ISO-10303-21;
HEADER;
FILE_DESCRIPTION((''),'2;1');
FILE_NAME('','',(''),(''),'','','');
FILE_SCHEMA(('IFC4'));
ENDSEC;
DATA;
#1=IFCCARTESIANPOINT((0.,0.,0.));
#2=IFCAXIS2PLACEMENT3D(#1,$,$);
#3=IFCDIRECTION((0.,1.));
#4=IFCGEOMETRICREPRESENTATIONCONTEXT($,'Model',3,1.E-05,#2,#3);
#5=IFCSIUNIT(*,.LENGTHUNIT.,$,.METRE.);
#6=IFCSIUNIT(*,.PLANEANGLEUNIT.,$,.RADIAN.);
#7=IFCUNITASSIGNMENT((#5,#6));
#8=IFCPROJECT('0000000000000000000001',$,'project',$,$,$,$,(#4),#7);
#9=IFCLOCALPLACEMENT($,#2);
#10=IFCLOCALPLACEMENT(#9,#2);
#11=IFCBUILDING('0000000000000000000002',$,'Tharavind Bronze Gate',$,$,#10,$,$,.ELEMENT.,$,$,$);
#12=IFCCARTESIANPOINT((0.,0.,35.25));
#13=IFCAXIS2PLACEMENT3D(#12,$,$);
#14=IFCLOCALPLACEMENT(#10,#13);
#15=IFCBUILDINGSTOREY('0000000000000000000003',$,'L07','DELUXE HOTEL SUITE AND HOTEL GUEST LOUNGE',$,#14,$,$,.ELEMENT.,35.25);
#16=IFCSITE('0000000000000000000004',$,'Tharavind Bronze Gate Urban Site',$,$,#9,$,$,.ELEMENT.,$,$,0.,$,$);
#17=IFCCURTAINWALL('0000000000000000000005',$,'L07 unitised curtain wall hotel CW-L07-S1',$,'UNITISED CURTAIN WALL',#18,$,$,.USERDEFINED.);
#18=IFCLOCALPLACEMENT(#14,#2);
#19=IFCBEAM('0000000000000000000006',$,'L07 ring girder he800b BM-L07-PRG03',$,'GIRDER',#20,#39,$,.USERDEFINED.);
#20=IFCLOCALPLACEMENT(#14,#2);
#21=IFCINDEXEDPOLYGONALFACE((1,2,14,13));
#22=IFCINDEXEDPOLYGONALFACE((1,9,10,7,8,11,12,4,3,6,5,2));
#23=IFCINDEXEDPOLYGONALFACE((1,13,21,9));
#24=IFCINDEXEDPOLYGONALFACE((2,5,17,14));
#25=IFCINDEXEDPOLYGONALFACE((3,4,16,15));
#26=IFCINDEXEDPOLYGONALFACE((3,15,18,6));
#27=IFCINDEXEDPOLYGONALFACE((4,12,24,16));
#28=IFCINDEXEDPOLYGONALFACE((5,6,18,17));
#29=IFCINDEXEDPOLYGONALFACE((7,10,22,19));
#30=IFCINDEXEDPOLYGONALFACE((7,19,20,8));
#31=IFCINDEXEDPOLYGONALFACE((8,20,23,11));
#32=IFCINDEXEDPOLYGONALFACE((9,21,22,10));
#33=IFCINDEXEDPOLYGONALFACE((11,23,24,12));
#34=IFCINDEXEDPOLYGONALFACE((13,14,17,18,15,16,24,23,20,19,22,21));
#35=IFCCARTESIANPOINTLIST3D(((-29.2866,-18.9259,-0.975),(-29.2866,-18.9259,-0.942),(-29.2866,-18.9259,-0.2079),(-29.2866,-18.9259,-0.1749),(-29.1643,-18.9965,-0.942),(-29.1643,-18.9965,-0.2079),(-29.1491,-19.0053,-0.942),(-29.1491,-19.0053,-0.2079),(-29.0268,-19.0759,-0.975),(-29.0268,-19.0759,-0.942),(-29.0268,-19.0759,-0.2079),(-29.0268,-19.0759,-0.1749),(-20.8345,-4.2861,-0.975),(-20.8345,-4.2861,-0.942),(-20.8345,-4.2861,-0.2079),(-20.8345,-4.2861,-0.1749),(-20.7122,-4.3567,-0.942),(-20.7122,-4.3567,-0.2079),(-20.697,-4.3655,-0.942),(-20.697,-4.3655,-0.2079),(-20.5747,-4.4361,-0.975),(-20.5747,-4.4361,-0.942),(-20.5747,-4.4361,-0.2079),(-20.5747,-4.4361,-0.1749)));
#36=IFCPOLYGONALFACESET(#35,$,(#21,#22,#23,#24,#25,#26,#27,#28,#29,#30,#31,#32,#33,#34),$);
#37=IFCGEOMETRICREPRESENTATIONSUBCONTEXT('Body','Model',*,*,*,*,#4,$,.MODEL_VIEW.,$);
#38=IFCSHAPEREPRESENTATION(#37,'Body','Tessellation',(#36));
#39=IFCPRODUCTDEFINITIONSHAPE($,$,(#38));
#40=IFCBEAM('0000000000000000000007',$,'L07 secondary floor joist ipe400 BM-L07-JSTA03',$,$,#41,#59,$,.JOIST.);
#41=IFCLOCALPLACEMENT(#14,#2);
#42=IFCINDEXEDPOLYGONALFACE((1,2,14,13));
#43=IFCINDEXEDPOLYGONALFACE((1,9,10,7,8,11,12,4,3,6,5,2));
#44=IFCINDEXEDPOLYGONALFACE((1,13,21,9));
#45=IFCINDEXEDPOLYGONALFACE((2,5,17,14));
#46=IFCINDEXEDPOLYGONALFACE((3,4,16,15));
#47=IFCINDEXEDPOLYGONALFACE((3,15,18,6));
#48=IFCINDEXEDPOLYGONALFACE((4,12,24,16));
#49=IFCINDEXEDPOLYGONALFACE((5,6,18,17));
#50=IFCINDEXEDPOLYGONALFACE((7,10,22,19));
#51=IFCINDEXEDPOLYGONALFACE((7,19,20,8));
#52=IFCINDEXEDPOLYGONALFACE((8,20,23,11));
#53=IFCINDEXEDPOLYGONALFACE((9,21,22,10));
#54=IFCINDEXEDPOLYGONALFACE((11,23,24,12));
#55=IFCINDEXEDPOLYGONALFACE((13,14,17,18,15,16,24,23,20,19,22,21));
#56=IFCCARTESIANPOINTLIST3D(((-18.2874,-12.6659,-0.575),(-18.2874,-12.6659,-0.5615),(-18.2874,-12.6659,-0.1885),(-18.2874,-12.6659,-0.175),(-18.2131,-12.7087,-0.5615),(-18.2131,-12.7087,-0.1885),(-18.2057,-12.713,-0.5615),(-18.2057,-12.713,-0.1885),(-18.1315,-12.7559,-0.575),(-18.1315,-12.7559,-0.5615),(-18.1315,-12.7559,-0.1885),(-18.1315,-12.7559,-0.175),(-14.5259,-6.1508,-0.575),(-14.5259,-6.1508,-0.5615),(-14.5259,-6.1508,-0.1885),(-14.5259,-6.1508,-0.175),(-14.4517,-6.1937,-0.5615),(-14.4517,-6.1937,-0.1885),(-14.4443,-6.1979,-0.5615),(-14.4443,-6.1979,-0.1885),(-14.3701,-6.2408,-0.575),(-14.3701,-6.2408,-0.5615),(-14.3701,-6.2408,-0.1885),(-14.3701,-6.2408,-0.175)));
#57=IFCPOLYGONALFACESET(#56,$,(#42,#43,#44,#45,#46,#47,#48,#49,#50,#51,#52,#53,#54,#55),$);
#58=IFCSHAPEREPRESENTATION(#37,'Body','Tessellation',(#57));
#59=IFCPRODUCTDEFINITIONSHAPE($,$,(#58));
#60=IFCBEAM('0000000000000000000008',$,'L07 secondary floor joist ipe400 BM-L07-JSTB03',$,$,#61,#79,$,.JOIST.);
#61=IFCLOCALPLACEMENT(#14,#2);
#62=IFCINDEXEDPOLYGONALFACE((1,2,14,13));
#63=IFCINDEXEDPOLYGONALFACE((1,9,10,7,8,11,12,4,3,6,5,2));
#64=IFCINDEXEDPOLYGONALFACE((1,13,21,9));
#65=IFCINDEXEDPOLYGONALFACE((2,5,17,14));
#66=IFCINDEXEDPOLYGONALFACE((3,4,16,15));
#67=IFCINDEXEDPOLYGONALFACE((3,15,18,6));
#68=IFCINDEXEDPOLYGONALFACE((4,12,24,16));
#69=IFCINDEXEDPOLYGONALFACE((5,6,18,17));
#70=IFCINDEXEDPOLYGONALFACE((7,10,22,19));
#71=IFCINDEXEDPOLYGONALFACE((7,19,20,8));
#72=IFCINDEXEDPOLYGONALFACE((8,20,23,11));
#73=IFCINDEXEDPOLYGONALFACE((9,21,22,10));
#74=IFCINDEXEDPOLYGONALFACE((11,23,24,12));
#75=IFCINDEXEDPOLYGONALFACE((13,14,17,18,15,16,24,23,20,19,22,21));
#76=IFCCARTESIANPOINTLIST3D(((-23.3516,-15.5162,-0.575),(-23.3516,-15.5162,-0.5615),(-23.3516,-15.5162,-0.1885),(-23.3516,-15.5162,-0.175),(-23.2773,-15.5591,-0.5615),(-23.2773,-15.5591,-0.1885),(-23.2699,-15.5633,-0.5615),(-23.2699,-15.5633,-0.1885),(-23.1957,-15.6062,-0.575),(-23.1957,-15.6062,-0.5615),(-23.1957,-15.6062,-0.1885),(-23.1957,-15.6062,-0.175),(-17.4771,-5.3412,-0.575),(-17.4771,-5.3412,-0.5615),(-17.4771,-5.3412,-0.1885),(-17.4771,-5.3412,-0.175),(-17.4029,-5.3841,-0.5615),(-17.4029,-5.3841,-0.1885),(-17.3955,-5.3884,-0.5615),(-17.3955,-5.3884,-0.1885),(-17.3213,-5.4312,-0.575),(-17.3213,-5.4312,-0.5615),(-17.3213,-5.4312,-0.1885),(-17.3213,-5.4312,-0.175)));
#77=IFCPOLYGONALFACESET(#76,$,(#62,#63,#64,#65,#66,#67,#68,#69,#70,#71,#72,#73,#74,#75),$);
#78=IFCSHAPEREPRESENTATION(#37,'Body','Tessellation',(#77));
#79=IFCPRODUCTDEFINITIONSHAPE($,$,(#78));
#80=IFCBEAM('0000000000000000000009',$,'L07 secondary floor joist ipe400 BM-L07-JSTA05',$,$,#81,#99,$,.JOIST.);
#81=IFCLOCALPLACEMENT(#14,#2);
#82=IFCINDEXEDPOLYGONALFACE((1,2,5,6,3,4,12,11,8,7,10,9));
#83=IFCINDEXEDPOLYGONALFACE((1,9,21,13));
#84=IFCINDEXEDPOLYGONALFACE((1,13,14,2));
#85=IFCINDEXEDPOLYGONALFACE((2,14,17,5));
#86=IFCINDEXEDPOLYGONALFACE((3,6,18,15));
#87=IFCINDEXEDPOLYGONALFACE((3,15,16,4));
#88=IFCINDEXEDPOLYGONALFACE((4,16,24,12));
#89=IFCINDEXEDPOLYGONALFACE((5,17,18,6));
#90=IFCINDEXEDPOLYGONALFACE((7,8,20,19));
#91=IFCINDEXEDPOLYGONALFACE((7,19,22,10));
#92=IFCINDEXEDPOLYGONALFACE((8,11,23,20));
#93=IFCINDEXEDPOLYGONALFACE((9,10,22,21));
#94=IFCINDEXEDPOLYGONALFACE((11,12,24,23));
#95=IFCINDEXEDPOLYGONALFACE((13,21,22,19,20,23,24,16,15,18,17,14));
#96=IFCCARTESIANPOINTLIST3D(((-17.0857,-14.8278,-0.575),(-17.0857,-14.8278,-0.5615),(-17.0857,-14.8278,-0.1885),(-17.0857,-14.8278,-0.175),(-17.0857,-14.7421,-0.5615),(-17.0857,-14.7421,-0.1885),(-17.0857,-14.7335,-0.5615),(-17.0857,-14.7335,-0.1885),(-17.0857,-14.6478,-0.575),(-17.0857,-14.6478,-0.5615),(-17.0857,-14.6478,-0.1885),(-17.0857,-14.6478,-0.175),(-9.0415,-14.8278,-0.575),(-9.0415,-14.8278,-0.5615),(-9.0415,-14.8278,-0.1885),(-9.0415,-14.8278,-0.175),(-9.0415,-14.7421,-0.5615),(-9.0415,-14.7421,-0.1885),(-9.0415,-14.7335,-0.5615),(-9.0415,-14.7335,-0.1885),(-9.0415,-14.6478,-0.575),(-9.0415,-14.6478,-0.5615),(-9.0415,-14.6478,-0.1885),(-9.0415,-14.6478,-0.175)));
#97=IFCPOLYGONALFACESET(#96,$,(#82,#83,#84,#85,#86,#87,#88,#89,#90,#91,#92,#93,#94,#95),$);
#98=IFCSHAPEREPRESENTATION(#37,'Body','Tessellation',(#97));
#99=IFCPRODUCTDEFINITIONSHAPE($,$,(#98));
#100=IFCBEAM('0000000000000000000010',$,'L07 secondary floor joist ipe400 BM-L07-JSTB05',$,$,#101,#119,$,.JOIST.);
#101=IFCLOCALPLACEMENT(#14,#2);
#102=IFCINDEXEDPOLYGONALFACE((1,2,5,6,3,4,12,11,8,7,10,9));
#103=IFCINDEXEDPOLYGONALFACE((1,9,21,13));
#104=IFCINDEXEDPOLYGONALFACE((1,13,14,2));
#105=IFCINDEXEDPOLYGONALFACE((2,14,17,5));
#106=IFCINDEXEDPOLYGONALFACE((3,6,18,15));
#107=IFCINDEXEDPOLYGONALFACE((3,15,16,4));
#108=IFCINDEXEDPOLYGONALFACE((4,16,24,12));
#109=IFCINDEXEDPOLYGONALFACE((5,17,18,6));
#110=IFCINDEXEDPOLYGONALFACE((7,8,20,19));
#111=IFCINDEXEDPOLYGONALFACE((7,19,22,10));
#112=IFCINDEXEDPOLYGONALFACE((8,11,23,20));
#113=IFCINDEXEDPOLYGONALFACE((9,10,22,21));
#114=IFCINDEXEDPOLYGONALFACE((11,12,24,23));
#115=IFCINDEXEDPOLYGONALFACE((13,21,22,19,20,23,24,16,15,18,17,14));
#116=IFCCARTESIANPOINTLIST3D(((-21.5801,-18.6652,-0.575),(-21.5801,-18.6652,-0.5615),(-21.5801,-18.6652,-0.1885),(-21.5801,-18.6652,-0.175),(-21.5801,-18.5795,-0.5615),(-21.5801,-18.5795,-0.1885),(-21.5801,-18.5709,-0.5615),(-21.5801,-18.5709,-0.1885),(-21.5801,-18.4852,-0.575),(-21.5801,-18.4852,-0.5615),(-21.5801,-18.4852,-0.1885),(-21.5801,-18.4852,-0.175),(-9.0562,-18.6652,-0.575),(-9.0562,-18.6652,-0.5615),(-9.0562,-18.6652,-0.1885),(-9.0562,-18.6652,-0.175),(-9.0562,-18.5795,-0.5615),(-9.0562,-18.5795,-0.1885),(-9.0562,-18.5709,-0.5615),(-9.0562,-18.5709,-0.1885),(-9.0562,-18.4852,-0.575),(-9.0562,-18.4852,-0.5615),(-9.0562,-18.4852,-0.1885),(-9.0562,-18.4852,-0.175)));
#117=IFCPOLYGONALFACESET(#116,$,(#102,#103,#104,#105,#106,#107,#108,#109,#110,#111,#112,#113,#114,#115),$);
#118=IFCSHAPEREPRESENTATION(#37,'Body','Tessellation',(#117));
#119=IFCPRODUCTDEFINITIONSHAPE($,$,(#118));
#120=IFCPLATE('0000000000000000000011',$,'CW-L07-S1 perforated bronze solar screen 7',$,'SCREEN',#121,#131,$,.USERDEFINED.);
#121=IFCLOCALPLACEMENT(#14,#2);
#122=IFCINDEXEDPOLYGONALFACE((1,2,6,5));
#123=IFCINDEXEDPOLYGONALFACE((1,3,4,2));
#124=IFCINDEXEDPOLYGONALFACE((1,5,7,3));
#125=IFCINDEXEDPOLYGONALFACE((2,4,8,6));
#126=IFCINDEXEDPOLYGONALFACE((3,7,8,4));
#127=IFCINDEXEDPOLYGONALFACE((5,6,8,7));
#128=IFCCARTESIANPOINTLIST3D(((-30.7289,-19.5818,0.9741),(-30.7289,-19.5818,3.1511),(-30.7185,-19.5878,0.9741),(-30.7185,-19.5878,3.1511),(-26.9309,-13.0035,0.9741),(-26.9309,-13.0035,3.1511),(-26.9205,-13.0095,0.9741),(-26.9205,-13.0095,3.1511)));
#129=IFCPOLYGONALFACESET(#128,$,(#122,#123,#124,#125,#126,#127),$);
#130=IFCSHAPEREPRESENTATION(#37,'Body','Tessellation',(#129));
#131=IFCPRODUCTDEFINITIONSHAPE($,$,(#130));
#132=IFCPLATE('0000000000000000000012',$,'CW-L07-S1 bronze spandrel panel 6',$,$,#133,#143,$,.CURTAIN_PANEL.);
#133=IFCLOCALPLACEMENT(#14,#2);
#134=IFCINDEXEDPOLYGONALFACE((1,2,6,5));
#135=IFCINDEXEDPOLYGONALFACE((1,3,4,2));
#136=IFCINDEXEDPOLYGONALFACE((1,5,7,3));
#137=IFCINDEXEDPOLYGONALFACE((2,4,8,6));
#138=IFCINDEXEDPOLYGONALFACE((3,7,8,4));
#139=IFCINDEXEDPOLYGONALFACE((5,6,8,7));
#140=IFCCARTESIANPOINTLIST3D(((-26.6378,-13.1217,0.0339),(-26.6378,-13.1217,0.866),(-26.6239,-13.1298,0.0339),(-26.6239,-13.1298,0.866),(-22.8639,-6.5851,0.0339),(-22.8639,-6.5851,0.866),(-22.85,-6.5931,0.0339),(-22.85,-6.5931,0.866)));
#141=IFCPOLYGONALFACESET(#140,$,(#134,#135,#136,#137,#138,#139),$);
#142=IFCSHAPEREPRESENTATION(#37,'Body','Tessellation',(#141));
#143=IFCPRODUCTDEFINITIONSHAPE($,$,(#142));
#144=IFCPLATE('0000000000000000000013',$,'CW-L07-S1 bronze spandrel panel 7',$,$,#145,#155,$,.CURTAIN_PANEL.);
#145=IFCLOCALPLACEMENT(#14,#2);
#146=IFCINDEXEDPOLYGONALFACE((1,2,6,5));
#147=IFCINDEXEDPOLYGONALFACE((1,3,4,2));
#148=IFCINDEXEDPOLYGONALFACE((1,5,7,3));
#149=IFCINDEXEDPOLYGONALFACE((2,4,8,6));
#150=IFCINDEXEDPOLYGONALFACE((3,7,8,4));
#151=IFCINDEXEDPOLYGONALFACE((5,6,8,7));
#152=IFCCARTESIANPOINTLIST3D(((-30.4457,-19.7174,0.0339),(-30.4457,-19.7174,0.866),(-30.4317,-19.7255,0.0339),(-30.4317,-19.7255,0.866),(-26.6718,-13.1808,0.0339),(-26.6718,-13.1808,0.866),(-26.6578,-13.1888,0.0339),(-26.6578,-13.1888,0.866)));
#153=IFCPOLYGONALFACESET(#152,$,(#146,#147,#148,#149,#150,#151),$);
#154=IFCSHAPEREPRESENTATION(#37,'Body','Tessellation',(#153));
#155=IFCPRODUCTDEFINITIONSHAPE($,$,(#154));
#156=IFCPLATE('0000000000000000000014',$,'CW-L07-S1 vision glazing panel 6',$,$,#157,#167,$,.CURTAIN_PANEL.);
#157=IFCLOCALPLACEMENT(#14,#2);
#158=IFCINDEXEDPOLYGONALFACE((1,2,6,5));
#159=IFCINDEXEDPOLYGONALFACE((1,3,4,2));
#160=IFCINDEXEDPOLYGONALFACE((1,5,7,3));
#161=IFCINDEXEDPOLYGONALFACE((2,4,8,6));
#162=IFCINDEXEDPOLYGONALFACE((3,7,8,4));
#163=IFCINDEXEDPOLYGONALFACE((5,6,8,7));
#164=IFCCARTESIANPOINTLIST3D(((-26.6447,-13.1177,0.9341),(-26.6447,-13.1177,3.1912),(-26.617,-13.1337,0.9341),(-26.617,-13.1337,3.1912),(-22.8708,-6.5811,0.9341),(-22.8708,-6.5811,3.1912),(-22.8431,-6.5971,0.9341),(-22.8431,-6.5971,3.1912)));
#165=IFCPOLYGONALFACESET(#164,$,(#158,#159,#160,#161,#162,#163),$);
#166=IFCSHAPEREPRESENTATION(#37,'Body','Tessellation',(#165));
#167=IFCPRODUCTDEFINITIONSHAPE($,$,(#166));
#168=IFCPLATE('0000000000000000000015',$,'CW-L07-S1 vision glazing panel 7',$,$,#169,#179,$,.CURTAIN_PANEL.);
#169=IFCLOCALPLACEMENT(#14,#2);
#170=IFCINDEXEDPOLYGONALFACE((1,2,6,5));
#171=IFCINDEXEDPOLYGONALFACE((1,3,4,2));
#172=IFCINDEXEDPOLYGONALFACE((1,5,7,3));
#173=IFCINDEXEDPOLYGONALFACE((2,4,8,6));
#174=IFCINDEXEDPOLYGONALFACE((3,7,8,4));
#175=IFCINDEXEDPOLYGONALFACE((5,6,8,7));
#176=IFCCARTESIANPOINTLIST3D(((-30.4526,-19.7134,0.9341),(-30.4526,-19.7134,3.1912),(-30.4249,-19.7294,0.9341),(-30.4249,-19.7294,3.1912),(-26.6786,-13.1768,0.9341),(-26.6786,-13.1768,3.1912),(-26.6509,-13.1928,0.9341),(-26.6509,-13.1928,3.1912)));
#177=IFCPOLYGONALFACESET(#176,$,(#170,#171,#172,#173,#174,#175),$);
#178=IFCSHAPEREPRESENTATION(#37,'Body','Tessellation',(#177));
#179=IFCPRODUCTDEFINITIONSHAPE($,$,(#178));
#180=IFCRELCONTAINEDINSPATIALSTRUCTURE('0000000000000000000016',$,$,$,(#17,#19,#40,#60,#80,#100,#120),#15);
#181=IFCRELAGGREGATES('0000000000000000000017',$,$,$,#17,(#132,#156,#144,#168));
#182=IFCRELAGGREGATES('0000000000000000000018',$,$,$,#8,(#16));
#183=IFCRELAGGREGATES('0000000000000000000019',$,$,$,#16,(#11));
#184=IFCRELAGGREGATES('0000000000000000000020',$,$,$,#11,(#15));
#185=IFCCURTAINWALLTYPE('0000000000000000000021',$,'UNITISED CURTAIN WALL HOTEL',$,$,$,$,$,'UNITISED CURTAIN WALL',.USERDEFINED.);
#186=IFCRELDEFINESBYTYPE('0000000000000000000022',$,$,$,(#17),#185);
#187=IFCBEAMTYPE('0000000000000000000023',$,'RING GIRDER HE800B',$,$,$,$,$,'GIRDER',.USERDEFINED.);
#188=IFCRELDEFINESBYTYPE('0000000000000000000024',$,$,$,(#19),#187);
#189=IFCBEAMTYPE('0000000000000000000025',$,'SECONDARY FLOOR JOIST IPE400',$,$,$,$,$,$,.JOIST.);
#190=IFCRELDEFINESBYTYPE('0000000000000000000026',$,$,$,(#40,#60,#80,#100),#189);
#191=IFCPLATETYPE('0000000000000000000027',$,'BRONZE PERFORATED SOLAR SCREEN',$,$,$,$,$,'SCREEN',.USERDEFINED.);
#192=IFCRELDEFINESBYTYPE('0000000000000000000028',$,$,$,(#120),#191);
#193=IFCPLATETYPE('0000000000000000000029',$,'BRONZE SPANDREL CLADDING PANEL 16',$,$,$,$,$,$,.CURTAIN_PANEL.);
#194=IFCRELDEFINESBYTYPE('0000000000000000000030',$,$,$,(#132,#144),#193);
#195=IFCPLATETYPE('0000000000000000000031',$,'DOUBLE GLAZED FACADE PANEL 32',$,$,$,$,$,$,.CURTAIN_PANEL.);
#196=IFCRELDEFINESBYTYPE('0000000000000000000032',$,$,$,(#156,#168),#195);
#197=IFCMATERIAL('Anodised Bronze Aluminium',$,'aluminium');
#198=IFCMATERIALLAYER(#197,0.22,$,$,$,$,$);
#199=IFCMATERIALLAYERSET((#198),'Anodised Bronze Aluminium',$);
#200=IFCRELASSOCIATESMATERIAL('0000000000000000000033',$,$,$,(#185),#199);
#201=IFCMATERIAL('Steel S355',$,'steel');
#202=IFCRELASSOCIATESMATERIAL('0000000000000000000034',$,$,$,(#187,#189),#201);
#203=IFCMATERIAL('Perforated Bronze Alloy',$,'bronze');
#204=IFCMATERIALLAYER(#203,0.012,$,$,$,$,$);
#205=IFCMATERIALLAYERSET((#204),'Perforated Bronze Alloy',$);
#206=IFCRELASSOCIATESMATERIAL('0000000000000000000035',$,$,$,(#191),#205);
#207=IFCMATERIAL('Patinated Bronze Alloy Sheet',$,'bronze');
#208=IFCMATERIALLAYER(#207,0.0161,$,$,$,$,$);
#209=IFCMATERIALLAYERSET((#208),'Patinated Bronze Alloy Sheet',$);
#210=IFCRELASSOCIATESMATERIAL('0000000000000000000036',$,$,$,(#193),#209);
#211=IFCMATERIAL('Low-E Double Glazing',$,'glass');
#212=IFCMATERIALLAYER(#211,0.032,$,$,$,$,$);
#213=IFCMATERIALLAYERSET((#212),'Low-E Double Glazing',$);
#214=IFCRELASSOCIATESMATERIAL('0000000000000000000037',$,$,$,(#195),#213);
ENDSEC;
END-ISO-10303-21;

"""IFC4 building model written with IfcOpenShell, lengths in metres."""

from ifc_helpers import new_model, si_unit, direction, frame, origin, origin_2d, place, context, subcontext, project, spatial, rectangle, i_section, extrude, material, layer, layer_set, material_profile, profile_set, type_object, element, aggregate, save


model = new_model("IFC4")

# Units and contexts
model_context = context("Model", 3, precision=1e-05, world=origin(), true_north=direction((0.0, 1.0)))
body_context = subcontext(model_context, "Body", "Model", "MODEL_VIEW")
ifc_project = project(units=[si_unit("LENGTHUNIT", "METRE"), si_unit("PLANEANGLEUNIT", "RADIAN")], contexts=[model_context])

# Site, building, storey
site_placement = place(None, origin())
site = spatial("IfcSite", under=ifc_project, at=site_placement, Name="Tharavind Bronze Gate Urban Site", CompositionType="ELEMENT", RefElevation=0.0)
building_placement = place(site_placement, origin())
building = spatial("IfcBuilding", under=site, at=building_placement, Name="Tharavind Bronze Gate", CompositionType="ELEMENT")
storey_placement = place(building_placement, frame((0.0, 0.0, 35.25)))
storey = spatial("IfcBuildingStorey", under=building, at=storey_placement, Name="L07", Description="DELUXE HOTEL SUITE AND HOTEL GUEST LOUNGE", CompositionType="ELEMENT", Elevation=35.25)

# Curtain wall
ifc_material_1 = material(Name="Anodised Bronze Aluminium", Category="aluminium")
ifc_layer_1 = layer(ifc_material_1, 0.22)
ifc_layer_set_1 = layer_set([ifc_layer_1], Name="Anodised Bronze Aluminium")
curtain_wall_type = type_object("IfcCurtainWallType", Name="UNITISED CURTAIN WALL HOTEL", ElementType="UNITISED CURTAIN WALL", PredefinedType="USERDEFINED", material=ifc_layer_set_1)
curtain_wall_placement = place(storey_placement, origin())
curtain_wall = element("IfcCurtainWall", 1, at=curtain_wall_placement, inside=storey, type_object=curtain_wall_type, Name="L07 unitised curtain wall hotel CW-L07-S1", ObjectType="UNITISED CURTAIN WALL", PredefinedType="USERDEFINED")

# Beams
ifc_material_2 = material(Name="Steel S355", Category="steel")
ifc_material_profile_1 = material_profile(ifc_material_2, i_section(OverallWidth=0.3, OverallDepth=0.8, WebThickness=0.0176, FlangeThickness=0.033, at=origin_2d()), Name="HE800B")
ifc_profile_set_1 = profile_set([ifc_material_profile_1], Name="Steel S355")
beam_type_1 = type_object("IfcBeamType", Name="RING GIRDER HE800B", ElementType="GIRDER", PredefinedType="USERDEFINED", material=ifc_profile_set_1)
beam_1_placement = place(storey_placement, frame((-20.7046, -4.3611, -0.575), z_axis=(-0.499991, -0.86603, 0.0), x_axis=(0.86603, -0.499991, 0.0)))
element("IfcBeam", 2, at=beam_1_placement, inside=storey, type_object=beam_type_1, Name="L07 ring girder he800b BM-L07-PRG03", ObjectType="GIRDER", PredefinedType="USERDEFINED", context=body_context, shape_type="SweptSolid", body=[
    extrude(i_section(OverallWidth=0.3, OverallDepth=0.8, WebThickness=0.0176, FlangeThickness=0.033, at=origin_2d()), origin(), (0.0, 0.0, 1.0), 16.9045),
])
ifc_material_profile_2 = material_profile(ifc_material_2, i_section(OverallWidth=0.1799, OverallDepth=0.3999, WebThickness=0.0085, FlangeThickness=0.0134, at=origin_2d()), Name="IPE400")
ifc_profile_set_2 = profile_set([ifc_material_profile_2], Name="Steel S355")
beam_type_2 = type_object("IfcBeamType", Name="SECONDARY FLOOR JOIST IPE400", PredefinedType="JOIST", material=ifc_profile_set_2)
beam_2_placement = place(storey_placement, frame((-14.448, -6.1958, -0.375), z_axis=(-0.499996, -0.866028, 0.0), x_axis=(0.866028, -0.499996, 0.0)))
element("IfcBeam", 3, at=beam_2_placement, inside=storey, type_object=beam_type_2, Name="L07 secondary floor joist ipe400 BM-L07-JSTA03", PredefinedType="JOIST", context=body_context, shape_type="SweptSolid", body=[
    extrude(i_section(OverallWidth=0.1799, OverallDepth=0.3999, WebThickness=0.0085, FlangeThickness=0.0134, at=origin_2d()), origin(), (0.0, 0.0, 1.0), 7.5229),
])
beam_3_placement = place(storey_placement, frame((-17.3992, -5.3862, -0.375), z_axis=(-0.499996, -0.866027, 0.0), x_axis=(0.866027, -0.499996, 0.0)))
element("IfcBeam", 4, at=beam_3_placement, inside=storey, type_object=beam_type_2, Name="L07 secondary floor joist ipe400 BM-L07-JSTB03", PredefinedType="JOIST", context=body_context, shape_type="SweptSolid", body=[
    extrude(i_section(OverallWidth=0.1799, OverallDepth=0.3999, WebThickness=0.0085, FlangeThickness=0.0134, at=origin_2d()), origin(), (0.0, 0.0, 1.0), 11.749),
])
beam_4_placement = place(storey_placement, frame((-17.0857, -14.7378, -0.375), z_axis=(1.0, 0.0, 0.0), x_axis=(0.0, 1.0, 0.0)))
element("IfcBeam", 5, at=beam_4_placement, inside=storey, type_object=beam_type_2, Name="L07 secondary floor joist ipe400 BM-L07-JSTA05", PredefinedType="JOIST", context=body_context, shape_type="SweptSolid", body=[
    extrude(i_section(OverallWidth=0.1799, OverallDepth=0.3999, WebThickness=0.0085, FlangeThickness=0.0134, at=origin_2d()), origin(), (0.0, 0.0, 1.0), 8.0442),
])
beam_5_placement = place(storey_placement, frame((-21.5801, -18.5752, -0.375), z_axis=(1.0, 0.0, 0.0), x_axis=(0.0, 1.0, 0.0)))
element("IfcBeam", 6, at=beam_5_placement, inside=storey, type_object=beam_type_2, Name="L07 secondary floor joist ipe400 BM-L07-JSTB05", PredefinedType="JOIST", context=body_context, shape_type="SweptSolid", body=[
    extrude(i_section(OverallWidth=0.1799, OverallDepth=0.3999, WebThickness=0.0085, FlangeThickness=0.0134, at=origin_2d()), origin(), (0.0, 0.0, 1.0), 12.5239),
])

# Plates
ifc_material_3 = material(Name="Perforated Bronze Alloy", Category="bronze")
ifc_layer_2 = layer(ifc_material_3, 0.012)
ifc_layer_set_2 = layer_set([ifc_layer_2], Name="Perforated Bronze Alloy")
plate_type_1 = type_object("IfcPlateType", Name="BRONZE PERFORATED SOLAR SCREEN", ElementType="SCREEN", PredefinedType="USERDEFINED", material=ifc_layer_set_2)
plate_1_placement = place(storey_placement, frame((-28.8247, -16.2957, 0.9741), z_axis=(0.0, 0.0, 1.0), x_axis=(-0.500002, -0.866025, 0.0)))
element("IfcPlate", 7, at=plate_1_placement, inside=storey, type_object=plate_type_1, Name="CW-L07-S1 perforated bronze solar screen 7", ObjectType="SCREEN", PredefinedType="USERDEFINED", context=body_context, shape_type="SweptSolid", body=[
    extrude(rectangle(XDim=7.5959, YDim=0.012, at=origin_2d()), origin(), (0.0, 0.0, 1.0), 2.177),
])
ifc_material_4 = material(Name="Patinated Bronze Alloy Sheet", Category="bronze")
ifc_layer_3 = layer(ifc_material_4, 0.0161)
ifc_layer_set_3 = layer_set([ifc_layer_3], Name="Patinated Bronze Alloy Sheet")
plate_type_2 = type_object("IfcPlateType", Name="BRONZE SPANDREL CLADDING PANEL 16", PredefinedType="CURTAIN_PANEL", material=ifc_layer_set_3)
plate_2_placement = place(storey_placement, frame((-24.7439, -9.8574, 0.0339), z_axis=(0.0, 0.0, 1.0), x_axis=(-0.500002, -0.866025, 0.0)))
plate_2 = element("IfcPlate", 8, at=plate_2_placement, type_object=plate_type_2, Name="CW-L07-S1 bronze spandrel panel 6", PredefinedType="CURTAIN_PANEL", context=body_context, shape_type="SweptSolid", body=[
    extrude(rectangle(XDim=7.5479, YDim=0.0161, at=origin_2d()), origin(), (0.0, 0.0, 1.0), 0.832),
])
plate_3_placement = place(storey_placement, frame((-28.5518, -16.4531, 0.0339), z_axis=(0.0, 0.0, 1.0), x_axis=(-0.500002, -0.866025, 0.0)))
plate_3 = element("IfcPlate", 9, at=plate_3_placement, type_object=plate_type_2, Name="CW-L07-S1 bronze spandrel panel 7", PredefinedType="CURTAIN_PANEL", context=body_context, shape_type="SweptSolid", body=[
    extrude(rectangle(XDim=7.5479, YDim=0.0161, at=origin_2d()), origin(), (0.0, 0.0, 1.0), 0.832),
])
ifc_material_5 = material(Name="Low-E Double Glazing", Category="glass")
ifc_layer_4 = layer(ifc_material_5, 0.032)
ifc_layer_set_4 = layer_set([ifc_layer_4], Name="Low-E Double Glazing")
plate_type_3 = type_object("IfcPlateType", Name="DOUBLE GLAZED FACADE PANEL 32", PredefinedType="CURTAIN_PANEL", material=ifc_layer_set_4)
plate_4_placement = place(storey_placement, frame((-24.7439, -9.8574, 0.9341), z_axis=(0.0, 0.0, 1.0), x_axis=(-0.500002, -0.866025, 0.0)))
plate_4 = element("IfcPlate", 10, at=plate_4_placement, type_object=plate_type_3, Name="CW-L07-S1 vision glazing panel 6", PredefinedType="CURTAIN_PANEL", context=body_context, shape_type="SweptSolid", body=[
    extrude(rectangle(XDim=7.5479, YDim=0.032, at=origin_2d()), origin(), (0.0, 0.0, 1.0), 2.2571),
])
plate_5_placement = place(storey_placement, frame((-28.5518, -16.4531, 0.9341), z_axis=(0.0, 0.0, 1.0), x_axis=(-0.500002, -0.866025, 0.0)))
plate_5 = element("IfcPlate", 11, at=plate_5_placement, type_object=plate_type_3, Name="CW-L07-S1 vision glazing panel 7", PredefinedType="CURTAIN_PANEL", context=body_context, shape_type="SweptSolid", body=[
    extrude(rectangle(XDim=7.5479, YDim=0.032, at=origin_2d()), origin(), (0.0, 0.0, 1.0), 2.2571),
])
aggregate(curtain_wall, [plate_2, plate_4, plate_3, plate_5])

save(model, "model.ifc")
